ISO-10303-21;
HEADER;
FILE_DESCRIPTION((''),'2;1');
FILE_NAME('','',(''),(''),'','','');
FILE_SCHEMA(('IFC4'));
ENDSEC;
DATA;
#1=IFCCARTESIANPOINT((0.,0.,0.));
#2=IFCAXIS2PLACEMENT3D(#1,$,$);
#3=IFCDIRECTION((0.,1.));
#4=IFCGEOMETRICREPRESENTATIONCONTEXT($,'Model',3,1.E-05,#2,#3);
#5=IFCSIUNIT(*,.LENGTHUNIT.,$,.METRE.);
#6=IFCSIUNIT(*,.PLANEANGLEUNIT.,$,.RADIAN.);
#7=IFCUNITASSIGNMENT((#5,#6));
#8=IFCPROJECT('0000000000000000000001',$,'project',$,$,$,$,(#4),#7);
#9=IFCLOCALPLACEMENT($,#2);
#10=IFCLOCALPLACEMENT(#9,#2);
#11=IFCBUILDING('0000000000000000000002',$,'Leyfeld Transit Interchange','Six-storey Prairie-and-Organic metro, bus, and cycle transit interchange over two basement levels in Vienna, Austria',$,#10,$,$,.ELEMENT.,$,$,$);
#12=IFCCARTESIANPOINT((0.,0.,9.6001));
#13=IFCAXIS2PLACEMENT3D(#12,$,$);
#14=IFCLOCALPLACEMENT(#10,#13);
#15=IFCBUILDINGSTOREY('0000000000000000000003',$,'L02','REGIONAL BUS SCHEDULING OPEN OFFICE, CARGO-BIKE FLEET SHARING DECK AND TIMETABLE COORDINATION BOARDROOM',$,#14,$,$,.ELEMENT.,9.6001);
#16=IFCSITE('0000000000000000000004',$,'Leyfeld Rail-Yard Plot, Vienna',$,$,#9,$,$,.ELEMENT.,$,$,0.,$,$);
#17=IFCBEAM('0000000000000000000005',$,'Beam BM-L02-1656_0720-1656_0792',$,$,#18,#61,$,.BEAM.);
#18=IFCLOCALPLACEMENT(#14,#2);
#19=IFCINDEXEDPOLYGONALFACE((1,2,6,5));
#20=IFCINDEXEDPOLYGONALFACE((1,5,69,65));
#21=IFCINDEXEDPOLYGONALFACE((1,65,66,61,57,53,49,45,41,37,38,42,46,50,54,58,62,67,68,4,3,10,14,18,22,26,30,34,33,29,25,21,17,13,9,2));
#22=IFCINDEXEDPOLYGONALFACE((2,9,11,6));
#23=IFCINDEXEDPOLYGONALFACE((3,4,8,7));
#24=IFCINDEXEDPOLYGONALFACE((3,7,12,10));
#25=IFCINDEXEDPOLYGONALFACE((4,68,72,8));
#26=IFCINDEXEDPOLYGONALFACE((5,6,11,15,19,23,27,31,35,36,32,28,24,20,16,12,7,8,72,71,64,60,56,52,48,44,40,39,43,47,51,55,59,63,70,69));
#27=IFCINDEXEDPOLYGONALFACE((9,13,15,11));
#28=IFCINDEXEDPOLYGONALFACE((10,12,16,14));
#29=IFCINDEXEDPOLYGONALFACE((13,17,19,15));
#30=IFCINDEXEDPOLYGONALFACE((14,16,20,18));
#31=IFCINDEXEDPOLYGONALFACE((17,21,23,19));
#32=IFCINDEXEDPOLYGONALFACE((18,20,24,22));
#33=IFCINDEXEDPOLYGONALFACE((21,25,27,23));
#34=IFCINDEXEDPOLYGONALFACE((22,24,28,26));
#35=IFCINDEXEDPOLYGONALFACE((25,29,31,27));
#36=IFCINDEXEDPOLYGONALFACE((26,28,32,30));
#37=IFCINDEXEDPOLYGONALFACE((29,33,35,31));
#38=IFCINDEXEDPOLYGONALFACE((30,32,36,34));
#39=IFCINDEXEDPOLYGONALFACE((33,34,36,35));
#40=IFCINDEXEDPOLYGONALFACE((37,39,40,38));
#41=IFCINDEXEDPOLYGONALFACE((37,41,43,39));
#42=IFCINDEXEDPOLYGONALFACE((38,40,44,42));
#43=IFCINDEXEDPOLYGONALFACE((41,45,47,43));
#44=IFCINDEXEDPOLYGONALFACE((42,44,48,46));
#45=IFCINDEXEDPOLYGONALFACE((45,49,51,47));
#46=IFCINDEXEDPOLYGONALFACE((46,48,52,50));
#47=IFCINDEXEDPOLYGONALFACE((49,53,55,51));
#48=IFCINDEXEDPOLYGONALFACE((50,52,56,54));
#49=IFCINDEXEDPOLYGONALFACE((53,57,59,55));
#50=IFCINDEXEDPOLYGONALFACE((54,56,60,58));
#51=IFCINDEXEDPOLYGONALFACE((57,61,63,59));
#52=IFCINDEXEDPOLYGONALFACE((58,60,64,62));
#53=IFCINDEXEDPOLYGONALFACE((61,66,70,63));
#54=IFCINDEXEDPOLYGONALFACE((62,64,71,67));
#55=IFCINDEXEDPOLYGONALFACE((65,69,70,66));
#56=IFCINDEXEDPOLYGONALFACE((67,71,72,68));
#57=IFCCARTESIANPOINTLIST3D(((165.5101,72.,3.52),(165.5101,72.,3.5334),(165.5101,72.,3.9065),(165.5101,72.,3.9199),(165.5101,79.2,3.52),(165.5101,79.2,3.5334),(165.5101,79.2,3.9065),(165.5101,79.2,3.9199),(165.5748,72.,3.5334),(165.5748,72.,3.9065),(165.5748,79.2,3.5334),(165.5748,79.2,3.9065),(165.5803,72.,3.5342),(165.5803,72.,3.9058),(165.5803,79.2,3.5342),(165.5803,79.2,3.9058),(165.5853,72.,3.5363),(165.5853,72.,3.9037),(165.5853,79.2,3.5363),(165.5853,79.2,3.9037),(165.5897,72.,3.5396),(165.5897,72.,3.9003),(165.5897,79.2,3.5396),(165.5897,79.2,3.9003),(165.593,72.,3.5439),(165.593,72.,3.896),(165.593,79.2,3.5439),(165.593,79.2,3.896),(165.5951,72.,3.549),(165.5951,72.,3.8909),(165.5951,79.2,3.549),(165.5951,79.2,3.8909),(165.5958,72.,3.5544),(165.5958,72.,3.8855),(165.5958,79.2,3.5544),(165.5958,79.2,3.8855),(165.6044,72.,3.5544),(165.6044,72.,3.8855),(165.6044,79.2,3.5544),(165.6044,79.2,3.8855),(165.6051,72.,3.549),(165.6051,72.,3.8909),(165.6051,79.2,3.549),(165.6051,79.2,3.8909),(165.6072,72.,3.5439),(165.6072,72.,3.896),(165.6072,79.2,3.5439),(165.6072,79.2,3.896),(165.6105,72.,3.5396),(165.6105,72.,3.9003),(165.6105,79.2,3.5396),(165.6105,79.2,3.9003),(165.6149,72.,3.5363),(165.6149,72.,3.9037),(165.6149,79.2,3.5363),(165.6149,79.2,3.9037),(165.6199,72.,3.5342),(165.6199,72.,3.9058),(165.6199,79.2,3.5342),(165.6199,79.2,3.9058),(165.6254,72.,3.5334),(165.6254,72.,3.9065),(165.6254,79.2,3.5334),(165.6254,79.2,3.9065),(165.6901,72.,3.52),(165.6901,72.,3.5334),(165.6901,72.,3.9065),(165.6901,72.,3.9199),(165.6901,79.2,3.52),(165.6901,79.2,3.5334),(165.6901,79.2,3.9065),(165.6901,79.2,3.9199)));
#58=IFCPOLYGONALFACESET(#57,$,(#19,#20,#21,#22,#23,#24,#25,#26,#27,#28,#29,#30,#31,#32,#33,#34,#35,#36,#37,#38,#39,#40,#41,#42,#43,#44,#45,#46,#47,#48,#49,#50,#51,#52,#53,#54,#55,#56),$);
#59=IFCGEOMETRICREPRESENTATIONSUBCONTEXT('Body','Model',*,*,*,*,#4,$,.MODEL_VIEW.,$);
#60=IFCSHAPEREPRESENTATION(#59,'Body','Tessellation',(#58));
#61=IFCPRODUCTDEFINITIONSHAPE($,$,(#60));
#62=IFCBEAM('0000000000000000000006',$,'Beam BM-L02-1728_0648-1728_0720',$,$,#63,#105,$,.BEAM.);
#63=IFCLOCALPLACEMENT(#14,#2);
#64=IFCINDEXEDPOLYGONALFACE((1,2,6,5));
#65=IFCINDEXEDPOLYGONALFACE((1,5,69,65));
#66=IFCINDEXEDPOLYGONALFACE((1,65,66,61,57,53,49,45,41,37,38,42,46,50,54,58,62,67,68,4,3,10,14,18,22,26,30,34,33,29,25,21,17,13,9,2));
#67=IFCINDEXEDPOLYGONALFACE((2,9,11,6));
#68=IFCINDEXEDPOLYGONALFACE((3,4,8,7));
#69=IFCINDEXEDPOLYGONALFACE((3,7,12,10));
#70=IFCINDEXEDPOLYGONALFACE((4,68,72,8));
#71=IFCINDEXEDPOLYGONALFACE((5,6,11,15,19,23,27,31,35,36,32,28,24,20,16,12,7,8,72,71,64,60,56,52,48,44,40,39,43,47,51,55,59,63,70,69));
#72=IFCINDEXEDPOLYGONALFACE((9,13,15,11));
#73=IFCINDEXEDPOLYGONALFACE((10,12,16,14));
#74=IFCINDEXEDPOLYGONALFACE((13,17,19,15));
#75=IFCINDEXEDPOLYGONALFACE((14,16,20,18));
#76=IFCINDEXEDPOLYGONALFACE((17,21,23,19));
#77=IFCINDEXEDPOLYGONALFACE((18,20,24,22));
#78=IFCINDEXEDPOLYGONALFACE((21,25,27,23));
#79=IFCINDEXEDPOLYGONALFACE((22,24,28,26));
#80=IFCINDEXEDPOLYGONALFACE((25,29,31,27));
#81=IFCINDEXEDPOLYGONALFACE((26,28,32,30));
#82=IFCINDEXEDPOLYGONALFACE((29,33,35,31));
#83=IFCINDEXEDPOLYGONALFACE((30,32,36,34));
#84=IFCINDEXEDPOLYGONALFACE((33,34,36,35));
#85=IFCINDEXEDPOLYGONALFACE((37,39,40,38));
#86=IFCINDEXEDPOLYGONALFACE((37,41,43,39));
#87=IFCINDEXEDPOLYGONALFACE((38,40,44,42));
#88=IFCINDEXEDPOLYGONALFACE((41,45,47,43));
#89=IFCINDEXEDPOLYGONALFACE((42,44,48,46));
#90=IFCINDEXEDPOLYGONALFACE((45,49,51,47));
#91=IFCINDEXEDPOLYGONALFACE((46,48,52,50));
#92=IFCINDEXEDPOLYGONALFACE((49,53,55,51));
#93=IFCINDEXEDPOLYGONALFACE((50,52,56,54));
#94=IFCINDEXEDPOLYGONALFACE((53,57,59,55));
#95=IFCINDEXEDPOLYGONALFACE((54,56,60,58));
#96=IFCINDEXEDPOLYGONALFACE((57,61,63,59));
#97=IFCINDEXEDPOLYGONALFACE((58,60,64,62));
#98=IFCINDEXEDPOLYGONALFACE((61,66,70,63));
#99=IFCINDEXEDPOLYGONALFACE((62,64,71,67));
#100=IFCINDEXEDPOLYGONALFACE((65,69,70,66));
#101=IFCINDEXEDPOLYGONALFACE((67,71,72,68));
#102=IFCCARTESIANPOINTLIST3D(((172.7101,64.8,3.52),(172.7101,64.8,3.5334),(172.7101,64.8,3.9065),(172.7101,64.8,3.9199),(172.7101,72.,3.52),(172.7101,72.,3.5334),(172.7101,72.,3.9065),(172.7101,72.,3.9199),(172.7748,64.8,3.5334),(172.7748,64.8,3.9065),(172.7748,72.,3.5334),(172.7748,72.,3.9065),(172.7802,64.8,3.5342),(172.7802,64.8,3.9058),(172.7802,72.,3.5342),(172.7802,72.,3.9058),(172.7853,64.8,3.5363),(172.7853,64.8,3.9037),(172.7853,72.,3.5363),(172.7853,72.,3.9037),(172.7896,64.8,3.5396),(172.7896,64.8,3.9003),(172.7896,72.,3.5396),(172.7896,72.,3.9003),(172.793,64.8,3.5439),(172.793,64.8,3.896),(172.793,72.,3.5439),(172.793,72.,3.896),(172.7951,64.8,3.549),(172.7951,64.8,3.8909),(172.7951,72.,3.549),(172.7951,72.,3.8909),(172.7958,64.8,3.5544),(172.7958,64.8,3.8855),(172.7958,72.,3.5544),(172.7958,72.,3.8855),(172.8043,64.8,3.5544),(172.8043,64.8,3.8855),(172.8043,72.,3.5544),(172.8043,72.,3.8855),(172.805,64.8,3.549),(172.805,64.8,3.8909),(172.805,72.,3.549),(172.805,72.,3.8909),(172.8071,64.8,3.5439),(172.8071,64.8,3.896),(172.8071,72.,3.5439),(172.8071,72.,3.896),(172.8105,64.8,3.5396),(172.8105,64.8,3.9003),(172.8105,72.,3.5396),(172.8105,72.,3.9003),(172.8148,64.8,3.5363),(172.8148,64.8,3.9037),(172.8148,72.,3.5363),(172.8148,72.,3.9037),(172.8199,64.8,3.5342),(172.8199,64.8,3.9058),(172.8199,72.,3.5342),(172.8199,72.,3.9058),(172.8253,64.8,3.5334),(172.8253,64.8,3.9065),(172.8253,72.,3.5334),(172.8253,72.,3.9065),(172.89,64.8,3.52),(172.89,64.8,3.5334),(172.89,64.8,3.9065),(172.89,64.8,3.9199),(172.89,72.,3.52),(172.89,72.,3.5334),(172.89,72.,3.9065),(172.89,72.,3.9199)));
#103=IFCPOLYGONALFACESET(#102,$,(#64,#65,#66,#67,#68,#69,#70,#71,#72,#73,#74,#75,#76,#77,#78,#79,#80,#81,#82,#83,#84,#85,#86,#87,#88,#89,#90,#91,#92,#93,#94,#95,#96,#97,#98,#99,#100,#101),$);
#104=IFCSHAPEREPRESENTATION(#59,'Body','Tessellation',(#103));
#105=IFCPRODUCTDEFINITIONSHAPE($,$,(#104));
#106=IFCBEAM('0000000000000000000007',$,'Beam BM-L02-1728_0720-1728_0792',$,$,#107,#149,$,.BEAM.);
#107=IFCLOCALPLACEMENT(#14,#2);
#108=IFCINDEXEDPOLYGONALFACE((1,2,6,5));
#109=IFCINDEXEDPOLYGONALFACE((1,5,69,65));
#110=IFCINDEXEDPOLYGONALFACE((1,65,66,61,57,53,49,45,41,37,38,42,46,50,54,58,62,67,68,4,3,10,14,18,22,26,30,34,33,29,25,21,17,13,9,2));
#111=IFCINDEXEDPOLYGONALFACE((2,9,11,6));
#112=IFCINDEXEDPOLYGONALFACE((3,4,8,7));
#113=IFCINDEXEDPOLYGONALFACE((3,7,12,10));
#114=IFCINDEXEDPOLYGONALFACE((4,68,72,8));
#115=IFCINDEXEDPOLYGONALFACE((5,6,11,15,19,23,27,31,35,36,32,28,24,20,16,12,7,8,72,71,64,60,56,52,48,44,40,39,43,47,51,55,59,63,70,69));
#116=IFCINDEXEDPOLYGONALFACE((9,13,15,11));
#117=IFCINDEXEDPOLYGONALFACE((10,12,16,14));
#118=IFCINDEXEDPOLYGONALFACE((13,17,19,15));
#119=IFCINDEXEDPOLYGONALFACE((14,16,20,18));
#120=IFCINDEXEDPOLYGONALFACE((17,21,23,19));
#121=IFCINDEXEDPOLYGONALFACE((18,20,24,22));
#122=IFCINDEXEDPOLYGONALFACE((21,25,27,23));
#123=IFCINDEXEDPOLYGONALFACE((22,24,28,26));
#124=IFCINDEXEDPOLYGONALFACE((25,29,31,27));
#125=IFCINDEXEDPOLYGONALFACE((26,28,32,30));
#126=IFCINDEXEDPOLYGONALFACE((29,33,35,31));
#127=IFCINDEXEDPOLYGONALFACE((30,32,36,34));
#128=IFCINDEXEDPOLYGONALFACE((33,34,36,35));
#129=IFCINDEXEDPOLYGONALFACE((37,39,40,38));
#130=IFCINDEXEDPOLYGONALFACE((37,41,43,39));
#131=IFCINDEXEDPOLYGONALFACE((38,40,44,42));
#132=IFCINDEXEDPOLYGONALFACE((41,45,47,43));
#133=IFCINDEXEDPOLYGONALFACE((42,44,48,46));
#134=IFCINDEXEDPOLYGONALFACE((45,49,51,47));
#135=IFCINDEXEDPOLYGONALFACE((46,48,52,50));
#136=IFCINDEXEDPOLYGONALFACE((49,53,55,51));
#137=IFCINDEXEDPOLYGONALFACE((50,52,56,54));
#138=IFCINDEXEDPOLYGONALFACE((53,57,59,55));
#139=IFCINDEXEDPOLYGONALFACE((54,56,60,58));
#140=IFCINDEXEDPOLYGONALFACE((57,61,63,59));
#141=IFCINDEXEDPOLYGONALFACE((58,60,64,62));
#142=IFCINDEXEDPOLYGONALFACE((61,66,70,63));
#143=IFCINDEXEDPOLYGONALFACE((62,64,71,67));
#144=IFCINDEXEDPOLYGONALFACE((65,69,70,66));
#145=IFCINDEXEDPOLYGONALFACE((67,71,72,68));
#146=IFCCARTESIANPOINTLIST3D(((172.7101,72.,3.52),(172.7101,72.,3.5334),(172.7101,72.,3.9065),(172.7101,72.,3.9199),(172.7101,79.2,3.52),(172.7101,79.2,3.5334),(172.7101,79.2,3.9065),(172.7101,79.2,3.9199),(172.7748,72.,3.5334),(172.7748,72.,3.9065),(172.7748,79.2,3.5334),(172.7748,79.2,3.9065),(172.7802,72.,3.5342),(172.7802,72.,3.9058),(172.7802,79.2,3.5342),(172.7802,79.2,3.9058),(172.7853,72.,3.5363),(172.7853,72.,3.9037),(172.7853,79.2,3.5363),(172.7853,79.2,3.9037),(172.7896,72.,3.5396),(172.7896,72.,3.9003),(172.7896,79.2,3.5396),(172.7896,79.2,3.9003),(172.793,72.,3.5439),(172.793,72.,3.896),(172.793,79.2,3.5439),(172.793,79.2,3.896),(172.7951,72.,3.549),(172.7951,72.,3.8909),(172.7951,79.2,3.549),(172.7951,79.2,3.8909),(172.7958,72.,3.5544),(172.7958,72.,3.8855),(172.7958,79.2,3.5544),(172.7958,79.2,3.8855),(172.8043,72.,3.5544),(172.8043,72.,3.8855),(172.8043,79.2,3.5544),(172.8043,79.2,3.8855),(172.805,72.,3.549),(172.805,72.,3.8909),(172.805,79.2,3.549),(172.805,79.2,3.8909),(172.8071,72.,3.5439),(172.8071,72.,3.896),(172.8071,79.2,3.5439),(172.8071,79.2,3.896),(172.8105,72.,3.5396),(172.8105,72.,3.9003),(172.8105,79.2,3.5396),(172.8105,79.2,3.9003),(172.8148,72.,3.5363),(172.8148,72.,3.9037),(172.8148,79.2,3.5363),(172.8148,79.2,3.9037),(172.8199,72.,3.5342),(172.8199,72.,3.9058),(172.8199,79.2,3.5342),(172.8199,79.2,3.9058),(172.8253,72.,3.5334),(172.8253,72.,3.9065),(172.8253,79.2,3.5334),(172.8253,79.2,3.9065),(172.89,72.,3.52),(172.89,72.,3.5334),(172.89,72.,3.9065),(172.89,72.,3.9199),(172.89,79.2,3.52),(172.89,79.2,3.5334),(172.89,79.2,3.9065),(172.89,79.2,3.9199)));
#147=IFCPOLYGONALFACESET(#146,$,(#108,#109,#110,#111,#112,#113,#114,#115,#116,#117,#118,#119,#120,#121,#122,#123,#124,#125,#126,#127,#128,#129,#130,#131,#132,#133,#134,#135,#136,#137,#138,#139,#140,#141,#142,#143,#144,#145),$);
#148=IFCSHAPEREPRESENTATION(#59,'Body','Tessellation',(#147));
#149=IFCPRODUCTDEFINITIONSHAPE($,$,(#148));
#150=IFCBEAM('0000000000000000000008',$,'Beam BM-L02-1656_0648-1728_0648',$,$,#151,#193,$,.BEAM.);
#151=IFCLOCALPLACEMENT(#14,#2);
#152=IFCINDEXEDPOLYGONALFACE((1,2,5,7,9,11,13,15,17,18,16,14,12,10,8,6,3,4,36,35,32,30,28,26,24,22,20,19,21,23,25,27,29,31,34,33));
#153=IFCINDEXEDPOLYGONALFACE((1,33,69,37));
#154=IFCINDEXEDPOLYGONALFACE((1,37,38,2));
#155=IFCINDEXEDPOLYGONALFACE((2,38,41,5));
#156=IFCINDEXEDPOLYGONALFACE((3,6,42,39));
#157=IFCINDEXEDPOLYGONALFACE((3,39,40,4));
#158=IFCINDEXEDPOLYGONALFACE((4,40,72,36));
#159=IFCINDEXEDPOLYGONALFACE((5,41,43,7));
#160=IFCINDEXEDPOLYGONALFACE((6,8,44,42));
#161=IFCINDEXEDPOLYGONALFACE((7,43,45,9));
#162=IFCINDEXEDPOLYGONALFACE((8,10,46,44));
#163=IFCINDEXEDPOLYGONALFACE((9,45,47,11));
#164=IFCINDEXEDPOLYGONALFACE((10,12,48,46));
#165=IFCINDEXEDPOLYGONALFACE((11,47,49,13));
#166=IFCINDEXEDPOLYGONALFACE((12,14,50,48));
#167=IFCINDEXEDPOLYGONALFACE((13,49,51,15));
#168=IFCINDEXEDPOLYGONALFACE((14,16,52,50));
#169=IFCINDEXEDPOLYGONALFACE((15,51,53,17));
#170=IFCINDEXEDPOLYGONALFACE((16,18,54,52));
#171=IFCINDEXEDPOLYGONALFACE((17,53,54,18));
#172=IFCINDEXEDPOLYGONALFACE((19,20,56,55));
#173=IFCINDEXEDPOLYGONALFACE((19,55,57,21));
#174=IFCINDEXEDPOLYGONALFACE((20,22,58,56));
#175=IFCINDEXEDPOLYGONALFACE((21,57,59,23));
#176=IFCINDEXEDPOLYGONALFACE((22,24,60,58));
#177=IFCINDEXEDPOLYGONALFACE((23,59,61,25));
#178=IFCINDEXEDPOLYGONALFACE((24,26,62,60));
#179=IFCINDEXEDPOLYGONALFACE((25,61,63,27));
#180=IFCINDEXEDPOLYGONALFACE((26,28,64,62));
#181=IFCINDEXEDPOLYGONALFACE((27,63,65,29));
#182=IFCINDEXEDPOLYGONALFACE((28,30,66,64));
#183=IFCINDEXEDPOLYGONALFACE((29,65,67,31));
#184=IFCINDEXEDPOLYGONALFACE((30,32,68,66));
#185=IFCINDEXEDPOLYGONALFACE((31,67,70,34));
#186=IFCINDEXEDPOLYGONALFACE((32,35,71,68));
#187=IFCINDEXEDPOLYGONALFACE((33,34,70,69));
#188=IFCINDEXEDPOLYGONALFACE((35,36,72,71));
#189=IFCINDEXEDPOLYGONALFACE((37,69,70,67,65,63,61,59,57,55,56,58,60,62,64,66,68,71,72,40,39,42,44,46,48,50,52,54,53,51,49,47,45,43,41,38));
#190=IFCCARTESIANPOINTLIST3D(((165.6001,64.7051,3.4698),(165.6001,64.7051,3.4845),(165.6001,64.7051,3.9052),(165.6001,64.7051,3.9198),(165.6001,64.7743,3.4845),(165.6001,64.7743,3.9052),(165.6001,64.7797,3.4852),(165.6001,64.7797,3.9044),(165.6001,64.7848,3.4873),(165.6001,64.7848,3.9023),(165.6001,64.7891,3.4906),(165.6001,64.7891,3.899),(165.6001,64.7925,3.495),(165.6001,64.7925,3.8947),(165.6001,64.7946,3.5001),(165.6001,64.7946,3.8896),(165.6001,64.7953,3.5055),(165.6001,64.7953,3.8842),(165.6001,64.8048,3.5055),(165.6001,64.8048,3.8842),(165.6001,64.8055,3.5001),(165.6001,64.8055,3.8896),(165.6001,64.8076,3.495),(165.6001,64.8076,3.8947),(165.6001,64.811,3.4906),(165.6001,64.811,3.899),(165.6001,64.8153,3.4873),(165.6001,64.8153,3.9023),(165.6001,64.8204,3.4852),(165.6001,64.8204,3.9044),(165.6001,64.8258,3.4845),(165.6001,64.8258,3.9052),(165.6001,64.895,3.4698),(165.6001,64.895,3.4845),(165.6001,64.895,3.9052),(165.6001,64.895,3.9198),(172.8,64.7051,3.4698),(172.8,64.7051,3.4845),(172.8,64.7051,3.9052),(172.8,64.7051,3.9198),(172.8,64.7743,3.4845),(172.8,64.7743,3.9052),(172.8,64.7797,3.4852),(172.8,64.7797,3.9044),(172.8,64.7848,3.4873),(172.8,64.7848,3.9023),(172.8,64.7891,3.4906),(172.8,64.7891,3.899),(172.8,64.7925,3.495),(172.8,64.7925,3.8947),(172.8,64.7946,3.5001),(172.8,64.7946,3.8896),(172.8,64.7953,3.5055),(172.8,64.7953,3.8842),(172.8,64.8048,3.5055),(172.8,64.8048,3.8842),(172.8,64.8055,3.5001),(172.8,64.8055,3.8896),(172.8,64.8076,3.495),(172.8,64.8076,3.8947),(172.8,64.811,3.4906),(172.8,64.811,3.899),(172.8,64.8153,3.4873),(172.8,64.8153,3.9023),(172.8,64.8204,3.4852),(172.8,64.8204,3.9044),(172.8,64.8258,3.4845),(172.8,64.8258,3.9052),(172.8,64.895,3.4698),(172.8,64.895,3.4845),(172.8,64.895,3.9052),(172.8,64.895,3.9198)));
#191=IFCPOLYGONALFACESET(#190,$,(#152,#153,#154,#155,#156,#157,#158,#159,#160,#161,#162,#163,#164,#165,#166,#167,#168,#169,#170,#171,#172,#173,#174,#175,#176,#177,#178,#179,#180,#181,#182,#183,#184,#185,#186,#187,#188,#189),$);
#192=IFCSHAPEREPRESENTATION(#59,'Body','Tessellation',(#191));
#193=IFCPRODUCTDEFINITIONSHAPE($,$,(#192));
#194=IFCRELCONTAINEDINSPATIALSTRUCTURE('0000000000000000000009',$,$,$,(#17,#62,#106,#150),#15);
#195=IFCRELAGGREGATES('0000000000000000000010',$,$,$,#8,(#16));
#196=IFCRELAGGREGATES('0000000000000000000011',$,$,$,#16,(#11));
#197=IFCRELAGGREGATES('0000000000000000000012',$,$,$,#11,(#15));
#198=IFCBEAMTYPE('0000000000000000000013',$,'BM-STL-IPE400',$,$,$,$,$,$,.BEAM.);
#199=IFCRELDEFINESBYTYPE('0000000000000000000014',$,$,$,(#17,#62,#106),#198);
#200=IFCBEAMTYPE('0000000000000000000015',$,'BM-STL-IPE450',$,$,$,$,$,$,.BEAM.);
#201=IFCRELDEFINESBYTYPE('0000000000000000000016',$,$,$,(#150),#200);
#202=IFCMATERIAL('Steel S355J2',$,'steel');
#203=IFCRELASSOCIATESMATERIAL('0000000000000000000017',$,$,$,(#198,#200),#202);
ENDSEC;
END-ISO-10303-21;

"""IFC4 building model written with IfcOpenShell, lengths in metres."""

from ifc_helpers import new_model, si_unit, direction, frame, origin, origin_2d, place, context, subcontext, project, spatial, i_section, extrude, material, material_profile, profile_set, type_object, element, save


model = new_model("IFC4")

# Units and contexts
model_context = context("Model", 3, precision=1e-05, world=origin(), true_north=direction((0.0, 1.0)))
body_context = subcontext(model_context, "Body", "Model", "MODEL_VIEW")
ifc_project = project(units=[si_unit("LENGTHUNIT", "METRE"), si_unit("PLANEANGLEUNIT", "RADIAN")], contexts=[model_context])

# Site, building, storey
site_placement = place(None, origin())
site = spatial("IfcSite", under=ifc_project, at=site_placement, Name="Leyfeld Rail-Yard Plot, Vienna", CompositionType="ELEMENT", RefElevation=0.0)
building_placement = place(site_placement, origin())
building = spatial("IfcBuilding", under=site, at=building_placement, Name="Leyfeld Transit Interchange", Description="Six-storey Prairie-and-Organic metro, bus, and cycle transit interchange over two basement levels in Vienna, Austria", CompositionType="ELEMENT")
storey_placement = place(building_placement, frame((0.0, 0.0, 9.6001)))
storey = spatial("IfcBuildingStorey", under=building, at=storey_placement, Name="L02", Description="REGIONAL BUS SCHEDULING OPEN OFFICE, CARGO-BIKE FLEET SHARING DECK AND TIMETABLE COORDINATION BOARDROOM", CompositionType="ELEMENT", Elevation=9.6001)

# Beams
ifc_material_1 = material(Name="Steel S355J2", Category="steel")
ifc_material_profile_1 = material_profile(ifc_material_1, i_section(OverallWidth=0.1799, OverallDepth=0.3999, WebThickness=0.0085, FlangeThickness=0.0134, FilletRadius=0.021, at=origin_2d()), Name="IPE 400")
ifc_profile_set_1 = profile_set([ifc_material_profile_1], Name="Steel S355J2")
beam_type_1 = type_object("IfcBeamType", Name="BM-STL-IPE400", PredefinedType="BEAM", material=ifc_profile_set_1)
for number, where, z_axis, x_axis, name in (
    (1, (165.6001, 72.0, 3.72), (0.0, 1.0, 0.0), (-1.0, 0.0, 0.0), "Beam BM-L02-1656_0720-1656_0792"),
    (2, (172.8, 64.8, 3.72), (0.0, 1.0, 0.0), (-1.0, 0.0, 0.0), "Beam BM-L02-1728_0648-1728_0720"),
    (3, (172.8, 72.0, 3.72), (0.0, 1.0, 0.0), (-1.0, 0.0, 0.0), "Beam BM-L02-1728_0720-1728_0792"),
):
    element("IfcBeam", number, at=place(storey_placement, frame(where, z_axis=z_axis, x_axis=x_axis)), inside=storey, type_object=beam_type_1, Name=name, PredefinedType="BEAM", context=body_context, shape_type="SweptSolid", body=[
        extrude(i_section(OverallWidth=0.1799, OverallDepth=0.3999, WebThickness=0.0085, FlangeThickness=0.0134, FilletRadius=0.021, at=origin_2d()), origin(), (0.0, 0.0, 1.0), 7.2),
    ])
ifc_material_profile_2 = material_profile(ifc_material_1, i_section(OverallWidth=0.1899, OverallDepth=0.45, WebThickness=0.0095, FlangeThickness=0.0146, FilletRadius=0.021, at=origin_2d()), Name="IPE 450")
ifc_profile_set_2 = profile_set([ifc_material_profile_2], Name="Steel S355J2")
beam_type_2 = type_object("IfcBeamType", Name="BM-STL-IPE450", PredefinedType="BEAM", material=ifc_profile_set_2)
for number, where, z_axis, x_axis, name in (
    (4, (165.6001, 64.8, 3.6948), (1.0, 0.0, 0.0), (0.0, 1.0, 0.0), "Beam BM-L02-1656_0648-1728_0648"),
):
    element("IfcBeam", number, at=place(storey_placement, frame(where, z_axis=z_axis, x_axis=x_axis)), inside=storey, type_object=beam_type_2, Name=name, PredefinedType="BEAM", context=body_context, shape_type="SweptSolid", body=[
        extrude(i_section(OverallWidth=0.1899, OverallDepth=0.45, WebThickness=0.0095, FlangeThickness=0.0146, FilletRadius=0.021, at=origin_2d()), origin(), (0.0, 0.0, 1.0), 7.2),
    ])

save(model, "model.ifc")
